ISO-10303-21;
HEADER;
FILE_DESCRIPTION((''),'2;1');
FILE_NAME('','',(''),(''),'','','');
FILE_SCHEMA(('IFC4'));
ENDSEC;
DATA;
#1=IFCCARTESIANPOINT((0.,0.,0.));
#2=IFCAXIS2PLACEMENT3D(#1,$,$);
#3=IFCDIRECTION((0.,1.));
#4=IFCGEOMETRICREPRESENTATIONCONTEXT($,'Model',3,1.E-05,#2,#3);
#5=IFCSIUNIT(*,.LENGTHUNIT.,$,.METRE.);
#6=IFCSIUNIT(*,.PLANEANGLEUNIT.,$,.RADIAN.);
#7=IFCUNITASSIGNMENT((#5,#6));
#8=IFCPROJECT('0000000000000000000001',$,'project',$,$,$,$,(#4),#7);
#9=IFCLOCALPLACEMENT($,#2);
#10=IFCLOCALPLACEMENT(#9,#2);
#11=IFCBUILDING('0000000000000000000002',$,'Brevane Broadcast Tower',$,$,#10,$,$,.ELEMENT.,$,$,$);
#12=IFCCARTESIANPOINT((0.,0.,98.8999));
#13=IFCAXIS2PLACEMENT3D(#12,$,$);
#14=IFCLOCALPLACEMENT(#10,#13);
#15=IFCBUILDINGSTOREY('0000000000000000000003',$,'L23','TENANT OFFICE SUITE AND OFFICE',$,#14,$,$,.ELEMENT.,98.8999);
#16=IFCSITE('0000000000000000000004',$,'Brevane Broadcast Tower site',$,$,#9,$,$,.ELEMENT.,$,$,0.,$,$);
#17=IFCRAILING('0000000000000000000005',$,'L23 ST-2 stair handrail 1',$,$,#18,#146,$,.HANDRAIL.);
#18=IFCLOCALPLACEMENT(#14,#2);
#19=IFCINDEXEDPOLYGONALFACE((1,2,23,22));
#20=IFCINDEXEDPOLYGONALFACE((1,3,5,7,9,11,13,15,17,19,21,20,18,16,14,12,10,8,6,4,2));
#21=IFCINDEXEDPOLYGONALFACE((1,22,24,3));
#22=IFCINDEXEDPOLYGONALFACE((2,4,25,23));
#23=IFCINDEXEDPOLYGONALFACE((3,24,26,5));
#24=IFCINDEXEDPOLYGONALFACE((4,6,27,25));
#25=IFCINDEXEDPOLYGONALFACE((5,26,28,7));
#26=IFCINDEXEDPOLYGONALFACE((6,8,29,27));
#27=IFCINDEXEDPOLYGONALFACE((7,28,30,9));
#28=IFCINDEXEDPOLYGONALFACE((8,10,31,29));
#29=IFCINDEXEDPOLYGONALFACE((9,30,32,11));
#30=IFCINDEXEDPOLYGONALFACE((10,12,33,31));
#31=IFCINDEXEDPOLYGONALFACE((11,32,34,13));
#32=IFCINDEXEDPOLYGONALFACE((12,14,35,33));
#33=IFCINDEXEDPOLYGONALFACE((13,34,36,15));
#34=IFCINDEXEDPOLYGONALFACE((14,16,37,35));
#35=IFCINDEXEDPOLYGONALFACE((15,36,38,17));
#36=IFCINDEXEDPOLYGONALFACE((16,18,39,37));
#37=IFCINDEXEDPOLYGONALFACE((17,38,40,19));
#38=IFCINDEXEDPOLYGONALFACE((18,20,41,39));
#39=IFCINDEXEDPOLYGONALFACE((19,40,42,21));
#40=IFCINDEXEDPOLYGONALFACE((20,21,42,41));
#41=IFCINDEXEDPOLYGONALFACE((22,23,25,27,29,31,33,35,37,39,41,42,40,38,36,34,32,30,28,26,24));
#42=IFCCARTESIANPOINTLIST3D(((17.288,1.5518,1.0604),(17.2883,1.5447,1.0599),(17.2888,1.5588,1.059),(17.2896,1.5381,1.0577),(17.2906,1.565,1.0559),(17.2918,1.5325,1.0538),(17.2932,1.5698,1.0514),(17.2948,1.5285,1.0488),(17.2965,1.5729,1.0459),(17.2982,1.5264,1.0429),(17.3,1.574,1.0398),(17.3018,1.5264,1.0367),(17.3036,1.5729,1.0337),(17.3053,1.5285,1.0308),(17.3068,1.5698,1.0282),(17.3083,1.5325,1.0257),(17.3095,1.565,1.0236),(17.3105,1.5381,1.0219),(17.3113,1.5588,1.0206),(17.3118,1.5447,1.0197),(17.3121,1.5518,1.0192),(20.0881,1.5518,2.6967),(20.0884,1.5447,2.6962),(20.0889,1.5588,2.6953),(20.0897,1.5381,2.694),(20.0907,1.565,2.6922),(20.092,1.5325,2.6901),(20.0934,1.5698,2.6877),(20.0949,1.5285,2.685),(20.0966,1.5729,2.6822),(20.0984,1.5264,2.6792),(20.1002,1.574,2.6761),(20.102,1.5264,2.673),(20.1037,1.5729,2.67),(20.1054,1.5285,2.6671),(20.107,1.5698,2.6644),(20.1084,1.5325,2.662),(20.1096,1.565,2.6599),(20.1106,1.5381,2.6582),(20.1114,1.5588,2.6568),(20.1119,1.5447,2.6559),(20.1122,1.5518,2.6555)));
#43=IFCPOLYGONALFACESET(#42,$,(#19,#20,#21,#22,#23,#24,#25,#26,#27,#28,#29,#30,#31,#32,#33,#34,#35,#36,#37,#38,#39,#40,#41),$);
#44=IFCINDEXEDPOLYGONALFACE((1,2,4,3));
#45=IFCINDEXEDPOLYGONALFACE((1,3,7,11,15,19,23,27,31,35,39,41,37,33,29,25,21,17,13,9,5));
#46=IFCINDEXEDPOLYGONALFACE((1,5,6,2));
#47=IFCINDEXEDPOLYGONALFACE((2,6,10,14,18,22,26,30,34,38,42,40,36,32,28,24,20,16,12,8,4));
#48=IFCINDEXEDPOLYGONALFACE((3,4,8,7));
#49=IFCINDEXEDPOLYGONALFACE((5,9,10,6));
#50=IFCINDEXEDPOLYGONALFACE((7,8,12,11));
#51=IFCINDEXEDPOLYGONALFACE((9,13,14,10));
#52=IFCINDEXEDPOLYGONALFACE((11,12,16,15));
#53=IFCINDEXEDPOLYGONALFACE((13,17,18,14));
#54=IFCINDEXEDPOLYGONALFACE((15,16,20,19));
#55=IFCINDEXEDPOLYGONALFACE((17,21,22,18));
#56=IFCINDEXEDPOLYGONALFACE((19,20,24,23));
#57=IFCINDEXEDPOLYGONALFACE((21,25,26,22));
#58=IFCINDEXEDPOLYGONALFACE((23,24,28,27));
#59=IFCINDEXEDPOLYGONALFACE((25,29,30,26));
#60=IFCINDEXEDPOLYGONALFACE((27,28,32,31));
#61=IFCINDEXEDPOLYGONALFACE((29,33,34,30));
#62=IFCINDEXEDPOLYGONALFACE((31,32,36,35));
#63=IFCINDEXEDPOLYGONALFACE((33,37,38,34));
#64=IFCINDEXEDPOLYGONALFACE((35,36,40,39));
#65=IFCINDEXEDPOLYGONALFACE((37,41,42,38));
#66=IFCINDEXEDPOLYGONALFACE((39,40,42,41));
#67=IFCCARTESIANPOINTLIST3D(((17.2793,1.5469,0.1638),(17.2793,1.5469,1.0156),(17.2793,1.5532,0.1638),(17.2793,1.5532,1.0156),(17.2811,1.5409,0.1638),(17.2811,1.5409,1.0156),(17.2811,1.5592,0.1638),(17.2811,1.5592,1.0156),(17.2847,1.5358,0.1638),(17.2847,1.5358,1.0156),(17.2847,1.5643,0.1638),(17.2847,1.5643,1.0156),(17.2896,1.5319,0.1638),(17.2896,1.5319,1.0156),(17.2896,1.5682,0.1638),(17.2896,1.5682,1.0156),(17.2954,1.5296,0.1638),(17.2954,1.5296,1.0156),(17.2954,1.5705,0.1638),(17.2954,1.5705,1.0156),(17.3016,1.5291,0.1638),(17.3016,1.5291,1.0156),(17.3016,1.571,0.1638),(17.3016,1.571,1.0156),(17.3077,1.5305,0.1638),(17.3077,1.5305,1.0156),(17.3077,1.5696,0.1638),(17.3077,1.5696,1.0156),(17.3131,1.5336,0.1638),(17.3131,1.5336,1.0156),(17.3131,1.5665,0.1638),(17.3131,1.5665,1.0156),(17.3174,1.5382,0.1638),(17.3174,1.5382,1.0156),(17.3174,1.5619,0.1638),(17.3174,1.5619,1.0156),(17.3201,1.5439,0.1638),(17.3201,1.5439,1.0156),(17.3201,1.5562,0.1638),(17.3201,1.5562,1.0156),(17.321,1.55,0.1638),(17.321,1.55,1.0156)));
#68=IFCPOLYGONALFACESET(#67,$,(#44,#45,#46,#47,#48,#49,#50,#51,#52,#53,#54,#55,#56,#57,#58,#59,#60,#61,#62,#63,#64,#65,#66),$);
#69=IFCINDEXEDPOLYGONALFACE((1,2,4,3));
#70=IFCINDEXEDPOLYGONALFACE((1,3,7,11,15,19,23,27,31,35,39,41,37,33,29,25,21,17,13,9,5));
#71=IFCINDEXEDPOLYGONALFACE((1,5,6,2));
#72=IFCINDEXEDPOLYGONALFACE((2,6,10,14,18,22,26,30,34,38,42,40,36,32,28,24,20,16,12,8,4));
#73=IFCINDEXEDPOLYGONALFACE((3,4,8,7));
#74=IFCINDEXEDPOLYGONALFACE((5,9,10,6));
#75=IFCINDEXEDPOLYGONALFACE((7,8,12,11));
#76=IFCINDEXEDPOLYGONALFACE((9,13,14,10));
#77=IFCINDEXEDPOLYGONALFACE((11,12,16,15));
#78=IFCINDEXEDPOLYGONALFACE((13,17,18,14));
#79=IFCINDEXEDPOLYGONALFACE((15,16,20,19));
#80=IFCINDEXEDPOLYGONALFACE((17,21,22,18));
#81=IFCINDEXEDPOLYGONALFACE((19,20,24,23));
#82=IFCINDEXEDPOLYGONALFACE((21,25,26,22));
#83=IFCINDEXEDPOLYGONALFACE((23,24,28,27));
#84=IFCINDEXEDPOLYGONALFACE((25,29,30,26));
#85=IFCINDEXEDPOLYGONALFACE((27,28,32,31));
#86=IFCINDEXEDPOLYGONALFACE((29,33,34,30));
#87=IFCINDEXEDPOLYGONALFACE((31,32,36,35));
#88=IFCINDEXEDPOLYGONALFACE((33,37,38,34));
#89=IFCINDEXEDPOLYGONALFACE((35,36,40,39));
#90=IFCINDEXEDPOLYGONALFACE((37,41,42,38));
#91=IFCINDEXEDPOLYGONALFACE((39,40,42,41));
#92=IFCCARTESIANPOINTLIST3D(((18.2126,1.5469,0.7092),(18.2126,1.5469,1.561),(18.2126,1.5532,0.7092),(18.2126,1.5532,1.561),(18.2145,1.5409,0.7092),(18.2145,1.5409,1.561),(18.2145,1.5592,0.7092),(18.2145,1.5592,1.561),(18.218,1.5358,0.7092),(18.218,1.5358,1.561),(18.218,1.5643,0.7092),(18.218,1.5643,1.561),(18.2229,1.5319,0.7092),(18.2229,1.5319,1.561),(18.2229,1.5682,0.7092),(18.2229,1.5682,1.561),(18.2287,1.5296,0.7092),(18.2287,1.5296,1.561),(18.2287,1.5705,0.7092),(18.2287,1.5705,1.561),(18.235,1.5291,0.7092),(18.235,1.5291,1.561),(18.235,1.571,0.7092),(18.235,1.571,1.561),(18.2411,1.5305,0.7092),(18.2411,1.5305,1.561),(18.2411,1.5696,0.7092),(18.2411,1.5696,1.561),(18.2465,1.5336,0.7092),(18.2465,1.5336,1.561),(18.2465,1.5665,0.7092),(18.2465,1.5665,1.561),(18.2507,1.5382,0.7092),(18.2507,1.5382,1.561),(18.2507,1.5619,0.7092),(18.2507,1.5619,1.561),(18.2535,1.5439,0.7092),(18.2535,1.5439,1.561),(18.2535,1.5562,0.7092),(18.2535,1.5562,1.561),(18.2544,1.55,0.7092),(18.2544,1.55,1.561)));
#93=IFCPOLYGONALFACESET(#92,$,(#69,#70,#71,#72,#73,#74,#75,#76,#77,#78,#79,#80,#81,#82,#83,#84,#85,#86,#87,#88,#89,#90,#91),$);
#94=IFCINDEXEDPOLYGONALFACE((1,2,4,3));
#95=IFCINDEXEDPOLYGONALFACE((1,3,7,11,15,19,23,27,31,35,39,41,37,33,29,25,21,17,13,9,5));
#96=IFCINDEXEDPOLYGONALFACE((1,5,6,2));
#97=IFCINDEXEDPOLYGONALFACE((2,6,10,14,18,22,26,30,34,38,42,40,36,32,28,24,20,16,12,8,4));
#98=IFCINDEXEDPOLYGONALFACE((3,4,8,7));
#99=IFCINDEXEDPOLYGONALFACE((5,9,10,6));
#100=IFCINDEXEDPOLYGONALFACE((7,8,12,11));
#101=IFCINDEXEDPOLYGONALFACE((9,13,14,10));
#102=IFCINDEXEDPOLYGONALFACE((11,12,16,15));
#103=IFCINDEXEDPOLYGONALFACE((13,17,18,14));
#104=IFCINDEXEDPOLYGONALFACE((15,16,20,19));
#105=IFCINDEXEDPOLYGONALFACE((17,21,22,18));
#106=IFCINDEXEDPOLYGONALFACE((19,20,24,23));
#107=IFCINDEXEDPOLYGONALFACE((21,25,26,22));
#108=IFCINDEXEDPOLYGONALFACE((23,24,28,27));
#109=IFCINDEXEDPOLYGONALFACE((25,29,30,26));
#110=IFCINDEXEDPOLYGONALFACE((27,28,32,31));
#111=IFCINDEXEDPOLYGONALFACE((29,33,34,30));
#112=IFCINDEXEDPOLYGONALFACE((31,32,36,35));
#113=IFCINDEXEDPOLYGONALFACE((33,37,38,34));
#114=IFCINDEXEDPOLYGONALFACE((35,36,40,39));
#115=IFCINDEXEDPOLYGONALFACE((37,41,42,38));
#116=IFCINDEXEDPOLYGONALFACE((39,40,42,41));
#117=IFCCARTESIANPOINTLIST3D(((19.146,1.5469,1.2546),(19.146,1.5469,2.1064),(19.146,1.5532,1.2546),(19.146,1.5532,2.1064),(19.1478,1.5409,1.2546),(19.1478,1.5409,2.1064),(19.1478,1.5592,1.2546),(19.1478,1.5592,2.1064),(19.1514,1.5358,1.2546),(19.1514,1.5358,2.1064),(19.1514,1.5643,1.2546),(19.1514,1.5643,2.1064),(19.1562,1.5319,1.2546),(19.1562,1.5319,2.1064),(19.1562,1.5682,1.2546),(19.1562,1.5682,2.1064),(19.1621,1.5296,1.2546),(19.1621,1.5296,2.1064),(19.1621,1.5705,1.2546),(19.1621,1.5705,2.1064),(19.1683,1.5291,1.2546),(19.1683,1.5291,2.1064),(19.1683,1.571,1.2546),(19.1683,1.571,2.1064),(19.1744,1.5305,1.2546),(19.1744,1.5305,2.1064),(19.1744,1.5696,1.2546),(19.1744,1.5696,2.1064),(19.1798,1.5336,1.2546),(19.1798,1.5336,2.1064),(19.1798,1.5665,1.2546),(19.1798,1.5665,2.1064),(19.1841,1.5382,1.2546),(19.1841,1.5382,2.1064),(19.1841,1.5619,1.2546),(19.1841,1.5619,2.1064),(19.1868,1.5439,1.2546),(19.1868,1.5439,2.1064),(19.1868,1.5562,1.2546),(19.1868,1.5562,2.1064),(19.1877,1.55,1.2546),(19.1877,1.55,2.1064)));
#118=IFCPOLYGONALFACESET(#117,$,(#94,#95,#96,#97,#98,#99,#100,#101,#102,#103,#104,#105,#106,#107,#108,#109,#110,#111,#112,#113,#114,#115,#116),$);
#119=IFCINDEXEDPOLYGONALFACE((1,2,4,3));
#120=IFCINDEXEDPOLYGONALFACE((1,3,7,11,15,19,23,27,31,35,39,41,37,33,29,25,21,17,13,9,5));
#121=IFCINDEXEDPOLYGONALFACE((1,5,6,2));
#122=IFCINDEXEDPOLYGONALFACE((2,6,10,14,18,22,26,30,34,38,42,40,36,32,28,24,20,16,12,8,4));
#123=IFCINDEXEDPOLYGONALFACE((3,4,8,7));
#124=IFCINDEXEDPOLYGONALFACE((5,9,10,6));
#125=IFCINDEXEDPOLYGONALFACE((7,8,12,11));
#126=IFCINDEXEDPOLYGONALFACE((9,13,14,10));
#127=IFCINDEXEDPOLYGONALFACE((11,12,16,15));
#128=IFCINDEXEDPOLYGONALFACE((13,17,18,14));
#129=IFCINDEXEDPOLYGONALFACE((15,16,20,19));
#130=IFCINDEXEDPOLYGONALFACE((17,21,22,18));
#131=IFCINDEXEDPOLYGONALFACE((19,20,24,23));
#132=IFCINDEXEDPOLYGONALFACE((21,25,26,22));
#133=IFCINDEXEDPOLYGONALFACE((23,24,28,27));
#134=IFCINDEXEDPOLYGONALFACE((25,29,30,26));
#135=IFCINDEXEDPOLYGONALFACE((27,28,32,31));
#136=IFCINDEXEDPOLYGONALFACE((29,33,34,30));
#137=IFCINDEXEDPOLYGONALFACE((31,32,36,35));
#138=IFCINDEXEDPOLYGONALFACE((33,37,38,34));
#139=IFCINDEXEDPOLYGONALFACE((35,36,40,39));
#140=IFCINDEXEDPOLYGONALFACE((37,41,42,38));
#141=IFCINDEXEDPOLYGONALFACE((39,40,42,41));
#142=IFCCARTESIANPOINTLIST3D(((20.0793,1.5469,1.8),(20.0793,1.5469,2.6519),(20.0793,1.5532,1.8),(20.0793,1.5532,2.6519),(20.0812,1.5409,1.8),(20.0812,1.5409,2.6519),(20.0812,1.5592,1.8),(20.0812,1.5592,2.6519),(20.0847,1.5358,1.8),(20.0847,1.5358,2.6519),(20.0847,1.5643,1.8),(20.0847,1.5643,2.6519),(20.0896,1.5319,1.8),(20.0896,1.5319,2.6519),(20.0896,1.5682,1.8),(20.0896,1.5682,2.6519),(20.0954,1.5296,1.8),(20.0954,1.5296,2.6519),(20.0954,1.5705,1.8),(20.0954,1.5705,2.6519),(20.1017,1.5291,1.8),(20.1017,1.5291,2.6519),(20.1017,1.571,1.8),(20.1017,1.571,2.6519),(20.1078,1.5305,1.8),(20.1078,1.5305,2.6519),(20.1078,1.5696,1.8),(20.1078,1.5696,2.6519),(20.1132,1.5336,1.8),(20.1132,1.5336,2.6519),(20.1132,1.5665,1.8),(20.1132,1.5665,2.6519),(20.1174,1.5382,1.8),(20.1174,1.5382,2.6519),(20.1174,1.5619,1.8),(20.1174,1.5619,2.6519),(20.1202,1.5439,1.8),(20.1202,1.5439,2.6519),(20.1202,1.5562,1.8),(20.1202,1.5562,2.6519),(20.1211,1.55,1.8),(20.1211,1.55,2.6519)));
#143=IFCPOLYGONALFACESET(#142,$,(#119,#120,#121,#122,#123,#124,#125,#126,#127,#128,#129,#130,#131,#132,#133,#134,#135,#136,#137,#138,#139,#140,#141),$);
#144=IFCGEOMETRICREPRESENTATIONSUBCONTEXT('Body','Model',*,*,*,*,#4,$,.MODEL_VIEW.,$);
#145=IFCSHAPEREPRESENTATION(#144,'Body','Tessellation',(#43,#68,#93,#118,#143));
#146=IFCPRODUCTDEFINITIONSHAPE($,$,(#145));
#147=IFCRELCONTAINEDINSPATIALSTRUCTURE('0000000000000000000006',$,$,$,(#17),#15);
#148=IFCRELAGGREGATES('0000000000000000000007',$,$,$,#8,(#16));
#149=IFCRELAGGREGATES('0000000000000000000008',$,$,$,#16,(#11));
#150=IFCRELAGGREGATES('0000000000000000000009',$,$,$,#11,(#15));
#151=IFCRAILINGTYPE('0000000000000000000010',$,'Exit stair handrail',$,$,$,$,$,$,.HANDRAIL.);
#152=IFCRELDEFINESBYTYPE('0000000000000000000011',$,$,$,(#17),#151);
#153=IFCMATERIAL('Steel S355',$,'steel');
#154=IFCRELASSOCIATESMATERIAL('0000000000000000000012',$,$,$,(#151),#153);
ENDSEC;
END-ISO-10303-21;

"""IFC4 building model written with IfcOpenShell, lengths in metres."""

from ifc_helpers import new_model, si_unit, direction, frame, origin, origin_2d, place, context, subcontext, project, spatial, circle, extrude, material, type_object, element, save


model = new_model("IFC4")

# Units and contexts
model_context = context("Model", 3, precision=1e-05, world=origin(), true_north=direction((0.0, 1.0)))
body_context = subcontext(model_context, "Body", "Model", "MODEL_VIEW")
ifc_project = project(units=[si_unit("LENGTHUNIT", "METRE"), si_unit("PLANEANGLEUNIT", "RADIAN")], contexts=[model_context])

# Site, building, storey
site_placement = place(None, origin())
site = spatial("IfcSite", under=ifc_project, at=site_placement, Name="Brevane Broadcast Tower site", CompositionType="ELEMENT", RefElevation=0.0)
building_placement = place(site_placement, origin())
building = spatial("IfcBuilding", under=site, at=building_placement, Name="Brevane Broadcast Tower", CompositionType="ELEMENT")
storey_placement = place(building_placement, frame((0.0, 0.0, 98.8999)))
storey = spatial("IfcBuildingStorey", under=building, at=storey_placement, Name="L23", Description="TENANT OFFICE SUITE AND OFFICE", CompositionType="ELEMENT", Elevation=98.8999)

# Railing
ifc_material_1 = material(Name="Steel S355", Category="steel")
railing_type_1 = type_object("IfcRailingType", Name="Exit stair handrail", PredefinedType="HANDRAIL", material=ifc_material_1)
railing_1_placement = place(storey_placement, frame((17.3, 1.55, 0.1638)))
element("IfcRailing", 1, at=railing_1_placement, inside=storey, type_object=railing_type_1, Name="L23 ST-2 stair handrail 1", PredefinedType="HANDRAIL", context=body_context, shape_type="SweptSolid", body=[
    extrude(circle(Radius=0.0239, at=origin_2d()), frame((0.0, 0.0, 0.876), z_axis=(0.863394, 0.0, 0.504531), x_axis=(0.0, 1.0, 0.0)), (0.0, 0.0, 1.0), 3.2432),
    extrude(circle(Radius=0.021, at=origin_2d()), origin(), (0.0, 0.0, 1.0), 0.8518),
    extrude(circle(Radius=0.021, at=origin_2d()), frame((0.9333, 0.0, 0.5454)), (0.0, 0.0, 1.0), 0.8518),
    extrude(circle(Radius=0.021, at=origin_2d()), frame((1.8667, 0.0, 1.0908)), (0.0, 0.0, 1.0), 0.8518),
    extrude(circle(Radius=0.021, at=origin_2d()), frame((2.8, 0.0, 1.6362)), (0.0, 0.0, 1.0), 0.8518),
])

save(model, "model.ifc")
